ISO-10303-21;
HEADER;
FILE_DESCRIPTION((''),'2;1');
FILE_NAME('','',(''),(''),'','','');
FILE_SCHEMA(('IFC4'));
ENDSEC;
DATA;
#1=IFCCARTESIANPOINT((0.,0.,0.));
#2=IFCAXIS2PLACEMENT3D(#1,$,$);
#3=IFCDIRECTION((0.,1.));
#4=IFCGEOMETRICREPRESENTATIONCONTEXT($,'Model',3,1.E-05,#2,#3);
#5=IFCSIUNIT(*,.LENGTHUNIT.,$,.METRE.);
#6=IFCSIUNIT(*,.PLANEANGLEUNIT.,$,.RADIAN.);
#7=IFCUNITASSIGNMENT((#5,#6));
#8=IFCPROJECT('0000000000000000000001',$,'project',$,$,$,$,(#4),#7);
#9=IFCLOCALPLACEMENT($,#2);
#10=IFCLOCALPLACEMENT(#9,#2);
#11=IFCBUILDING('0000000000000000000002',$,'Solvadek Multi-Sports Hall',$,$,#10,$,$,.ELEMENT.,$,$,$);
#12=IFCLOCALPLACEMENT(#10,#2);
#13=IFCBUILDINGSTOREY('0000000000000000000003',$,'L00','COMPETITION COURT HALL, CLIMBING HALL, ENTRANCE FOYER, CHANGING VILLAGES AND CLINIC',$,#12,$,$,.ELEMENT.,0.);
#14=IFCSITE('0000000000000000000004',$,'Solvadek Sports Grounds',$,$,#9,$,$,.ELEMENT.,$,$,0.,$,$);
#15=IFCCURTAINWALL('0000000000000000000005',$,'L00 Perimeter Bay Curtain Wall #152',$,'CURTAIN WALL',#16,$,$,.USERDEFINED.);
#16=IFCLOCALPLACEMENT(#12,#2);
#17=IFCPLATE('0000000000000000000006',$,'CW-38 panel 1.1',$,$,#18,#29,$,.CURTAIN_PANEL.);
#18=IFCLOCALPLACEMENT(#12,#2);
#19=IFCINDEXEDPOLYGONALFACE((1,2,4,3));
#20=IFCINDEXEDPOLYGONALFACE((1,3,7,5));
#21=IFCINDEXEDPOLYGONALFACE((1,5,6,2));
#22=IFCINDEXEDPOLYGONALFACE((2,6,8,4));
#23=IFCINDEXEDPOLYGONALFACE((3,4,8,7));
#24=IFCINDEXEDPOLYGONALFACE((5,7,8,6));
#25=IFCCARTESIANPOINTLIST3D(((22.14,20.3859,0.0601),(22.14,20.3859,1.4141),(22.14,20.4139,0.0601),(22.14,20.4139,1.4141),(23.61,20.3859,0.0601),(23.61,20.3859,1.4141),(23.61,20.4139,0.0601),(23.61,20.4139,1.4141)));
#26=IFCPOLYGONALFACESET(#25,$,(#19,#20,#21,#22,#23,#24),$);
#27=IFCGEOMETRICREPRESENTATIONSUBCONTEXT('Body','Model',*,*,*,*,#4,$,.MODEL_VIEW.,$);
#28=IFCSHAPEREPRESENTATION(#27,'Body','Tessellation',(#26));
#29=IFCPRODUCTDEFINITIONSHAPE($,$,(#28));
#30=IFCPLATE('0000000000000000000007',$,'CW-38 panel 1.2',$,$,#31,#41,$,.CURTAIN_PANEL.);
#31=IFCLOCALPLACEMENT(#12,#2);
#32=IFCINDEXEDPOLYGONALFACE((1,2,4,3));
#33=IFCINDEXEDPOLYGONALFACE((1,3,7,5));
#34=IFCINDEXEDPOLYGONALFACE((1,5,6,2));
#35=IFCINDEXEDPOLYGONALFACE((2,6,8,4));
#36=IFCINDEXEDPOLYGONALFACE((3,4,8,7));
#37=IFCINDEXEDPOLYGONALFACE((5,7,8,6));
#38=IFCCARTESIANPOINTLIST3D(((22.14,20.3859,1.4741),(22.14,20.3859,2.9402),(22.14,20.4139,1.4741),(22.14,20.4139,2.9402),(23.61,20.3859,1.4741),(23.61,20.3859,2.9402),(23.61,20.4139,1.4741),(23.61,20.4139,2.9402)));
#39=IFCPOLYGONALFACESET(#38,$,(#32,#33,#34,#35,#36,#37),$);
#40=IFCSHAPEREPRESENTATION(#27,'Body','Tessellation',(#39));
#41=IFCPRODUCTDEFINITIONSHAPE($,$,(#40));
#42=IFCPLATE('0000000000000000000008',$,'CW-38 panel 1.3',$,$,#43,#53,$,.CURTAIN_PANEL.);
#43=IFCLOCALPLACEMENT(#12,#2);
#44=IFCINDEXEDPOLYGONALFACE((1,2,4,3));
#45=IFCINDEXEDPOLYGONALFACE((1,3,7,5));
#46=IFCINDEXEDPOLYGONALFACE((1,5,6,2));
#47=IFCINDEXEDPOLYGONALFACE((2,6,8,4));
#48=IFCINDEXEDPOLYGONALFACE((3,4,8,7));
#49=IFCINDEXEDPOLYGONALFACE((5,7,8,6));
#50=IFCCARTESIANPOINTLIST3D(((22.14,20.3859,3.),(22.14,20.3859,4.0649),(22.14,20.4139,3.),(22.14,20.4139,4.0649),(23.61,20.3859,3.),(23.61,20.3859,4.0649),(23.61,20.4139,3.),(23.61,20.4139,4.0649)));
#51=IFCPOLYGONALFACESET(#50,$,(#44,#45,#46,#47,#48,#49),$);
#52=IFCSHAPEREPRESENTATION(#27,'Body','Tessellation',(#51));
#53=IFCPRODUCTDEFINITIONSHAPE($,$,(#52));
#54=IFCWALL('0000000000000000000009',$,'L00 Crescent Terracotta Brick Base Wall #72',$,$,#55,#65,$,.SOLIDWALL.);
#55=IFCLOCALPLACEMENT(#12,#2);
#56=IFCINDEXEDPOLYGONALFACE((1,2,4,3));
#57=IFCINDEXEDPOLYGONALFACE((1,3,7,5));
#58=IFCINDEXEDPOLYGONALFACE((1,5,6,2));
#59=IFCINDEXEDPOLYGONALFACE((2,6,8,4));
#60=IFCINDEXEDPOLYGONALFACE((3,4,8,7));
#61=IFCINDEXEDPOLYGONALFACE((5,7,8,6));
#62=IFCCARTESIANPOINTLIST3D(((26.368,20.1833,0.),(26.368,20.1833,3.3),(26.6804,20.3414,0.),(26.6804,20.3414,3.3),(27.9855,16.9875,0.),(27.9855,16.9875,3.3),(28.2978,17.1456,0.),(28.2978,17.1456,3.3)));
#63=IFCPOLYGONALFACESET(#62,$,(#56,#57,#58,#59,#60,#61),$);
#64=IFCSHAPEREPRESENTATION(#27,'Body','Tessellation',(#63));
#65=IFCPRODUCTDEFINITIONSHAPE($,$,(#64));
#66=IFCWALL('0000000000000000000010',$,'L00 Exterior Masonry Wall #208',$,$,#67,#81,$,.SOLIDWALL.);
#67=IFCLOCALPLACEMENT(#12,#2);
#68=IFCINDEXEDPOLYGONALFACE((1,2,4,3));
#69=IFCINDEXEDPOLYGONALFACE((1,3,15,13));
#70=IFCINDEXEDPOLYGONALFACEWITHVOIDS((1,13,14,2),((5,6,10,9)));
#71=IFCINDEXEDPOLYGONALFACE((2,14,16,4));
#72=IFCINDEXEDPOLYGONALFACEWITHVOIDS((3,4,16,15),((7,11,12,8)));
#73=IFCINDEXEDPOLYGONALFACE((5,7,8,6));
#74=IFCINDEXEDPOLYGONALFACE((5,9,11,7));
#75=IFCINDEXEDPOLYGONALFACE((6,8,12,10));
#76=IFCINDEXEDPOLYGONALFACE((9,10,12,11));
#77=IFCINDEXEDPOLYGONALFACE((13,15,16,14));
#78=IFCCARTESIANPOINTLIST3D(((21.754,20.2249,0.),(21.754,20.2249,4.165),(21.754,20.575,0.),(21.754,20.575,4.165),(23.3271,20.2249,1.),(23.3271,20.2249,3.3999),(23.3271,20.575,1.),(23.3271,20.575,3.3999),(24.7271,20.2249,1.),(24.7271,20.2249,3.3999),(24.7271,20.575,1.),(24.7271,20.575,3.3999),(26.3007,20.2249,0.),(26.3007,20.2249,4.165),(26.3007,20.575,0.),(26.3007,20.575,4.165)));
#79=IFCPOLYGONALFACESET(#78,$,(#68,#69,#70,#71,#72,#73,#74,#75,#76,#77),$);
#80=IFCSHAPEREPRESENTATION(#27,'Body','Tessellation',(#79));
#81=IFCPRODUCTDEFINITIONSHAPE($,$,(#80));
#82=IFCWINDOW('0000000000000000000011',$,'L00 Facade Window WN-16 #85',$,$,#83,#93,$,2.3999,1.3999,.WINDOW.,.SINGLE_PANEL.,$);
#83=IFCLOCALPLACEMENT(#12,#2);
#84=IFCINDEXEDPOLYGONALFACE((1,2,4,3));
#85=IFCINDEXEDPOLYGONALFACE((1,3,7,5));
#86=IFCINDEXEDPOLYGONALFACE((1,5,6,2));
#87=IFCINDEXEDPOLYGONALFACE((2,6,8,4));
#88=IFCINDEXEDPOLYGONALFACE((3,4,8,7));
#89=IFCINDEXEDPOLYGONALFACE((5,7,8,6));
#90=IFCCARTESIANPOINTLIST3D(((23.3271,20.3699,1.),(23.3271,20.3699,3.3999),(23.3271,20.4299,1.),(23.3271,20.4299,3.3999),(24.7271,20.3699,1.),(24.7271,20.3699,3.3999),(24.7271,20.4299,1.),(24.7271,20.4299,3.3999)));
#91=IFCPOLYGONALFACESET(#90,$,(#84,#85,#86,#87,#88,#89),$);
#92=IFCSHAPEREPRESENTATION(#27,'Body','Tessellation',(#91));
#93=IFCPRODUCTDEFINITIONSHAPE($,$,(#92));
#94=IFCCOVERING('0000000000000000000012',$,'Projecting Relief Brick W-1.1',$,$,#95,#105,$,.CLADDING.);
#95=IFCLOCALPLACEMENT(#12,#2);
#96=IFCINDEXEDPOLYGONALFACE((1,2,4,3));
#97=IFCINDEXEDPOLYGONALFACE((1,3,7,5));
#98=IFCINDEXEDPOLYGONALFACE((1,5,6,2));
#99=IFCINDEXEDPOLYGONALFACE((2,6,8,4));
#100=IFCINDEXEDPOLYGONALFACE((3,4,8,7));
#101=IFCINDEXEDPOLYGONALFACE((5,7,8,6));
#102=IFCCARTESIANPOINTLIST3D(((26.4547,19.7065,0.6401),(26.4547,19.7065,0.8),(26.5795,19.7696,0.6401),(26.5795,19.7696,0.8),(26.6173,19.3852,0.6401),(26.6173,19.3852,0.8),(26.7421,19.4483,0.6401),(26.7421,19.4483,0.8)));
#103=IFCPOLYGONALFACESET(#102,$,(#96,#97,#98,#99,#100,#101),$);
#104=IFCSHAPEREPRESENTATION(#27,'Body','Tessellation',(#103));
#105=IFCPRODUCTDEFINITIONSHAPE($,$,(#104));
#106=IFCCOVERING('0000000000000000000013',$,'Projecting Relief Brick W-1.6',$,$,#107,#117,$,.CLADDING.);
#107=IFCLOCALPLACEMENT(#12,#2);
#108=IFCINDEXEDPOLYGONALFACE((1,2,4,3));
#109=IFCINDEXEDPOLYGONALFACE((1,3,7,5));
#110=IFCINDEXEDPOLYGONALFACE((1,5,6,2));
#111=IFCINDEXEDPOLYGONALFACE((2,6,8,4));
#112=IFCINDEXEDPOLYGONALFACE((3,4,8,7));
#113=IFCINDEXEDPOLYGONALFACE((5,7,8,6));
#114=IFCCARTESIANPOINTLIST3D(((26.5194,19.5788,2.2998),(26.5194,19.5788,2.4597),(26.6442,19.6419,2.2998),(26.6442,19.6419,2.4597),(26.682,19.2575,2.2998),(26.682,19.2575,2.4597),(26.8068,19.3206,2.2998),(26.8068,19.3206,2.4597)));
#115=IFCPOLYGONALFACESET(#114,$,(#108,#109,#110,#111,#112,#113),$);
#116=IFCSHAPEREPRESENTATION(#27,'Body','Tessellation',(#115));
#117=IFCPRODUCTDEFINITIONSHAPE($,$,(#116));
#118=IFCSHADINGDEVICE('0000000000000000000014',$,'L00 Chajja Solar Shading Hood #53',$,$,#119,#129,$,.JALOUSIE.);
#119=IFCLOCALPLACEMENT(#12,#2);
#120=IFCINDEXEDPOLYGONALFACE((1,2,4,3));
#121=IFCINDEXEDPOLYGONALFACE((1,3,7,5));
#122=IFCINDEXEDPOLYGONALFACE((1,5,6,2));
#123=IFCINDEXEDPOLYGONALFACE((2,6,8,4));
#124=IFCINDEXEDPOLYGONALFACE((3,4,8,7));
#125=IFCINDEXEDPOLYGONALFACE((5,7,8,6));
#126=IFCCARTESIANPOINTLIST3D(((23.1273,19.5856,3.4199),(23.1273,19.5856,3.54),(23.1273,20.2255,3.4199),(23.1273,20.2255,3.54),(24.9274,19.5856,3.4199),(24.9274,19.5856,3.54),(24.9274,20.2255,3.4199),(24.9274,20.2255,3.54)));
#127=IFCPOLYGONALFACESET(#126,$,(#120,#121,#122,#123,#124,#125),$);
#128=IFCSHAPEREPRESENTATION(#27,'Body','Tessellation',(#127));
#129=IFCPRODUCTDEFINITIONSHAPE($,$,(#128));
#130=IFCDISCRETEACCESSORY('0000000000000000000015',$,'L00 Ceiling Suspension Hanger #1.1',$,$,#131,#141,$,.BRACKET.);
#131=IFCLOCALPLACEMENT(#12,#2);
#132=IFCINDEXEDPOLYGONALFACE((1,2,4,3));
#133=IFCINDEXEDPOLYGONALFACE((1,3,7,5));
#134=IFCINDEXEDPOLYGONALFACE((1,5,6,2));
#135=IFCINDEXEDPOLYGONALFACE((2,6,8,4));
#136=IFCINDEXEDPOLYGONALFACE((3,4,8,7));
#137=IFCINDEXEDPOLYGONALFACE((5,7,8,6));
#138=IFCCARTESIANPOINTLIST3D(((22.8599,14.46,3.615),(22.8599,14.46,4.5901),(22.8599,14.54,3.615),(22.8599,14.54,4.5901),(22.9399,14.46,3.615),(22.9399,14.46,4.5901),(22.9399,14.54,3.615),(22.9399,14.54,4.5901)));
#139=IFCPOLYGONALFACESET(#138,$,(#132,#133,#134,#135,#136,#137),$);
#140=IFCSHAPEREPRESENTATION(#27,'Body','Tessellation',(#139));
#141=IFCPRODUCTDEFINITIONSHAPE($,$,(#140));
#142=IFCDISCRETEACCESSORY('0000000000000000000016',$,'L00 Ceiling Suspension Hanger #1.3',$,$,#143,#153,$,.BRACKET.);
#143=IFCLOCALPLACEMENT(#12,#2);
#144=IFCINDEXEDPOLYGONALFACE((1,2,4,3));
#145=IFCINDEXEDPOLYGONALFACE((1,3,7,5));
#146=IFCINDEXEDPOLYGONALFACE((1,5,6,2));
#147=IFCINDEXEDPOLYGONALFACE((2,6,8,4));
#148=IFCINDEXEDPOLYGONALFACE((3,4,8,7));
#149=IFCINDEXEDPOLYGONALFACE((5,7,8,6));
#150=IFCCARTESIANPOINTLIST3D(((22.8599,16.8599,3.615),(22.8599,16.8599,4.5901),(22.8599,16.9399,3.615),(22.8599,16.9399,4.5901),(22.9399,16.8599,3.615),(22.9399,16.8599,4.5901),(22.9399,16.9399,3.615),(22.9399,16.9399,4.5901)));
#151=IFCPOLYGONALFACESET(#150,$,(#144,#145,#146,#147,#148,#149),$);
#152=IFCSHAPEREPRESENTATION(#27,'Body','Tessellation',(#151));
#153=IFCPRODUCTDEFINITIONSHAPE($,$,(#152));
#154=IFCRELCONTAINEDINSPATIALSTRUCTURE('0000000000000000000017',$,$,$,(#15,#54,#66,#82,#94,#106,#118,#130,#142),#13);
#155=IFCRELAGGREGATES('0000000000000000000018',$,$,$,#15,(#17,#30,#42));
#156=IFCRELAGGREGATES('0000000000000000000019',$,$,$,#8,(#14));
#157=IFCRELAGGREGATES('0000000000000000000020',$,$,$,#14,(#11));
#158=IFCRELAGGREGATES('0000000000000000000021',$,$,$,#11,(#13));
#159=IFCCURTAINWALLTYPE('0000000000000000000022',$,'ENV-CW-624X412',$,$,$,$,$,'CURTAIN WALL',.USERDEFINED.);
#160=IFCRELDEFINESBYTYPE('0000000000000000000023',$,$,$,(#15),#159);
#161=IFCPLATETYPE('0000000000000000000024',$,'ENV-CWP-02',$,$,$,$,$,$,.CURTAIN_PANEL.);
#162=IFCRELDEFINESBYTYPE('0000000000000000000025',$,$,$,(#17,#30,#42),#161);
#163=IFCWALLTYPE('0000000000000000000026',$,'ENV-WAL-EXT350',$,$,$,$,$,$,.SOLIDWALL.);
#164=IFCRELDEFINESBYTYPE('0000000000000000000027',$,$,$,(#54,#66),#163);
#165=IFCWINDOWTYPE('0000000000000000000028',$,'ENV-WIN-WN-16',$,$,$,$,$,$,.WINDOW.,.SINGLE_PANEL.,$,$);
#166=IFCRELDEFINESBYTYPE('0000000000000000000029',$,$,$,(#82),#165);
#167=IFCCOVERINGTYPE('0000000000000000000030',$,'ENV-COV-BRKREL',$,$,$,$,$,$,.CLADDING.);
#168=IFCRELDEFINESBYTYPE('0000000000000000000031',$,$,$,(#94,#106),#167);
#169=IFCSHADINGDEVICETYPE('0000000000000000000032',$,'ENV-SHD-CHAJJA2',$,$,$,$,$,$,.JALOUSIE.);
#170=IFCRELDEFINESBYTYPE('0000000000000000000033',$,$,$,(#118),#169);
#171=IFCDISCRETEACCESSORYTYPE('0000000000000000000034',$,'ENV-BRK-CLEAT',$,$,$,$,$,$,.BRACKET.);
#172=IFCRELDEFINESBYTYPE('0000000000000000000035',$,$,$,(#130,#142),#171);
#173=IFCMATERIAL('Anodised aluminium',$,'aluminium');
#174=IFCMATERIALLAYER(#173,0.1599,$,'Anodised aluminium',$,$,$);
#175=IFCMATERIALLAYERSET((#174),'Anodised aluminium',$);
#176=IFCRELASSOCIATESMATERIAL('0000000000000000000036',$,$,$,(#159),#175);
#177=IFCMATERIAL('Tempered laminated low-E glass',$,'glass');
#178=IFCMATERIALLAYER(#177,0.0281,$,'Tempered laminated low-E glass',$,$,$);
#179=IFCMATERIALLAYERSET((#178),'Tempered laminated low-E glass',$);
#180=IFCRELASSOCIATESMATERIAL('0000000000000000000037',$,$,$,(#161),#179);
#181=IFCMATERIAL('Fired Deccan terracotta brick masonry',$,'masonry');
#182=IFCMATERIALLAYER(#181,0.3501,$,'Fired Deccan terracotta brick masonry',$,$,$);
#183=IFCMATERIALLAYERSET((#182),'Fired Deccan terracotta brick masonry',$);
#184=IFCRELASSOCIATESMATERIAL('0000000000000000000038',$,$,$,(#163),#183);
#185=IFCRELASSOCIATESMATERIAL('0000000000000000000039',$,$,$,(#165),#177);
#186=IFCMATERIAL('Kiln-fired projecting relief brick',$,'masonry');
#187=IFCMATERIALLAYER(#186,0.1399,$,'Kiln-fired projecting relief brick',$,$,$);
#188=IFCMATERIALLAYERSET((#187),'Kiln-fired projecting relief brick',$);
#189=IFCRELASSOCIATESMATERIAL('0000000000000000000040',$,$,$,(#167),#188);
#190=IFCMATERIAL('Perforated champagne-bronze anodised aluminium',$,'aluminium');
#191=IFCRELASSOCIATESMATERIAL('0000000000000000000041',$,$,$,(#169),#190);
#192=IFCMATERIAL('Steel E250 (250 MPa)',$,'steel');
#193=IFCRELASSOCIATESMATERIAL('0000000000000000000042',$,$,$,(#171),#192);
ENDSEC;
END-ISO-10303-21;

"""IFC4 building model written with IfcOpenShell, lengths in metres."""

from ifc_helpers import new_model, si_unit, direction, frame, frame_2d, origin, origin_2d, place, context, subcontext, project, spatial, rectangle, extrude, material, layer, layer_set, type_object, element, fill, aggregate, save


model = new_model("IFC4")

# Units and contexts
model_context = context("Model", 3, precision=1e-05, world=origin(), true_north=direction((0.0, 1.0)))
body_context = subcontext(model_context, "Body", "Model", "MODEL_VIEW")
ifc_project = project(units=[si_unit("LENGTHUNIT", "METRE"), si_unit("PLANEANGLEUNIT", "RADIAN")], contexts=[model_context])

# Site, building, storey
site_placement = place(None, origin())
site = spatial("IfcSite", under=ifc_project, at=site_placement, Name="Solvadek Sports Grounds", CompositionType="ELEMENT", RefElevation=0.0)
building_placement = place(site_placement, origin())
building = spatial("IfcBuilding", under=site, at=building_placement, Name="Solvadek Multi-Sports Hall", CompositionType="ELEMENT")
storey_placement = place(building_placement, origin())
storey = spatial("IfcBuildingStorey", under=building, at=storey_placement, Name="L00", Description="COMPETITION COURT HALL, CLIMBING HALL, ENTRANCE FOYER, CHANGING VILLAGES AND CLINIC", CompositionType="ELEMENT", Elevation=0.0)

# Curtain wall
ifc_material_1 = material(Name="Anodised aluminium", Category="aluminium")
ifc_layer_1 = layer(ifc_material_1, 0.1599, Name="Anodised aluminium")
ifc_layer_set_1 = layer_set([ifc_layer_1], Name="Anodised aluminium")
curtain_wall_type = type_object("IfcCurtainWallType", Name="ENV-CW-624X412", ElementType="CURTAIN WALL", PredefinedType="USERDEFINED", material=ifc_layer_set_1)
curtain_wall_placement = place(storey_placement, origin())
curtain_wall = element("IfcCurtainWall", 1, at=curtain_wall_placement, inside=storey, type_object=curtain_wall_type, Name="L00 Perimeter Bay Curtain Wall #152", ObjectType="CURTAIN WALL", PredefinedType="USERDEFINED")

# Plates
ifc_material_2 = material(Name="Tempered laminated low-E glass", Category="glass")
ifc_layer_2 = layer(ifc_material_2, 0.0281, Name="Tempered laminated low-E glass")
ifc_layer_set_2 = layer_set([ifc_layer_2], Name="Tempered laminated low-E glass")
plate_type = type_object("IfcPlateType", Name="ENV-CWP-02", PredefinedType="CURTAIN_PANEL", material=ifc_layer_set_2)
plate_1_placement = place(storey_placement, frame((22.875, 20.3999, 0.0601), z_axis=(0.0, 0.0, 1.0), x_axis=(1.0, 0.0, 0.0)))
plate_1 = element("IfcPlate", 2, at=plate_1_placement, type_object=plate_type, Name="CW-38 panel 1.1", PredefinedType="CURTAIN_PANEL", context=body_context, shape_type="SweptSolid", body=[
    extrude(rectangle(XDim=1.47, YDim=0.0281, at=origin_2d()), origin(), (0.0, 0.0, 1.0), 1.354),
])
plate_2_placement = place(storey_placement, frame((22.875, 20.3999, 1.4741), z_axis=(0.0, 0.0, 1.0), x_axis=(1.0, 0.0, 0.0)))
plate_2 = element("IfcPlate", 3, at=plate_2_placement, type_object=plate_type, Name="CW-38 panel 1.2", PredefinedType="CURTAIN_PANEL", context=body_context, shape_type="SweptSolid", body=[
    extrude(rectangle(XDim=1.47, YDim=0.0281, at=origin_2d()), origin(), (0.0, 0.0, 1.0), 1.4661),
])
plate_3_placement = place(storey_placement, frame((22.875, 20.3999, 3.0), z_axis=(0.0, 0.0, 1.0), x_axis=(1.0, 0.0, 0.0)))
plate_3 = element("IfcPlate", 4, at=plate_3_placement, type_object=plate_type, Name="CW-38 panel 1.3", PredefinedType="CURTAIN_PANEL", context=body_context, shape_type="SweptSolid", body=[
    extrude(rectangle(XDim=1.47, YDim=0.0281, at=origin_2d()), origin(), (0.0, 0.0, 1.0), 1.0649),
])
aggregate(curtain_wall, [plate_1, plate_2, plate_3])

# Wall
ifc_material_3 = material(Name="Fired Deccan terracotta brick masonry", Category="masonry")
ifc_layer_3 = layer(ifc_material_3, 0.3501, Name="Fired Deccan terracotta brick masonry")
ifc_layer_set_3 = layer_set([ifc_layer_3], Name="Fired Deccan terracotta brick masonry")
wall_type = type_object("IfcWallType", Name="ENV-WAL-EXT350", PredefinedType="SOLIDWALL", material=ifc_layer_set_3)
wall_1_placement = place(storey_placement, frame((26.5242, 20.2625, 0.0), z_axis=(0.0, 0.0, 1.0), x_axis=(0.451571, -0.892235, 0.0)))
element("IfcWall", 5, at=wall_1_placement, inside=storey, type_object=wall_type, Name="L00 Crescent Terracotta Brick Base Wall #72", PredefinedType="SOLIDWALL", context=body_context, shape_type="SweptSolid", body=[
    extrude(rectangle(XDim=3.5818, YDim=0.3501, at=frame_2d((1.791, 0.0))), origin(), (0.0, 0.0, 1.0), 3.3),
])

# Wall, opening, window
wall_2_placement = place(storey_placement, frame((21.7539, 20.3999, 0.0), z_axis=(0.0, 0.0, 1.0), x_axis=(1.0, 0.0, 0.0)))
wall_2 = element("IfcWall", 6, at=wall_2_placement, inside=storey, type_object=wall_type, Name="L00 Exterior Masonry Wall #208", PredefinedType="SOLIDWALL", context=body_context, shape_type="SweptSolid", body=[
    extrude(rectangle(XDim=4.5466, YDim=0.3501, at=frame_2d((2.2734, 0.0))), origin(), (0.0, 0.0, 1.0), 4.165),
])
opening_placement = place(wall_2_placement, frame((1.5732, 0.0, 1.0)))
opening = element("IfcOpeningElement", 7, at=opening_placement, cuts=wall_2, PredefinedType="OPENING", context=body_context, shape_type="SweptSolid", body=[
    extrude(rectangle(XDim=1.3999, YDim=2.3999, at=frame_2d((0.7, 1.2))), frame((0.0, 0.1851, 0.0), z_axis=(0.0, -1.0, 0.0), x_axis=(1.0, 0.0, 0.0)), (0.0, 0.0, 1.0), 0.3701),
])
window_type = type_object("IfcWindowType", Name="ENV-WIN-WN-16", PartitioningType="SINGLE_PANEL", PredefinedType="WINDOW", material=ifc_material_2)
window_placement = place(opening_placement, origin())
window = element("IfcWindow", 8, at=window_placement, inside=storey, type_object=window_type, Name="L00 Facade Window WN-16 #85", OverallHeight=2.3999, OverallWidth=1.3999, PartitioningType="SINGLE_PANEL", PredefinedType="WINDOW", context=body_context, shape_type="SweptSolid", body=[
    extrude(rectangle(XDim=1.3999, YDim=2.3999, at=frame_2d((0.7, 1.2))), frame((0.0, 0.03, 0.0), z_axis=(0.0, -1.0, 0.0), x_axis=(1.0, 0.0, 0.0)), (0.0, 0.0, 1.0), 0.0601),
])
fill(opening, window)

# Coverings
ifc_material_4 = material(Name="Kiln-fired projecting relief brick", Category="masonry")
ifc_layer_4 = layer(ifc_material_4, 0.1399, Name="Kiln-fired projecting relief brick")
ifc_layer_set_4 = layer_set([ifc_layer_4], Name="Kiln-fired projecting relief brick")
covering_type = type_object("IfcCoveringType", Name="ENV-COV-BRKREL", PredefinedType="CLADDING", material=ifc_layer_set_4)
for number, where, z_axis, x_axis, name in (
    (9, (26.5984, 19.5774, 0.6401), (0.0, 0.0, 1.0), (0.451555, -0.892243, 0.0), "Projecting Relief Brick W-1.1"),
    (10, (26.6631, 19.4497, 2.2998), (0.0, 0.0, 1.0), (0.451555, -0.892243, 0.0), "Projecting Relief Brick W-1.6"),
):
    element("IfcCovering", number, at=place(storey_placement, frame(where, z_axis=z_axis, x_axis=x_axis)), inside=storey, type_object=covering_type, Name=name, PredefinedType="CLADDING", context=body_context, shape_type="SweptSolid", body=[
        extrude(rectangle(XDim=0.3601, YDim=0.1399, at=origin_2d()), origin(), (0.0, 0.0, 1.0), 0.1599),
    ])

# Shading device
ifc_material_5 = material(Name="Perforated champagne-bronze anodised aluminium", Category="aluminium")
shading_device_type = type_object("IfcShadingDeviceType", Name="ENV-SHD-CHAJJA2", PredefinedType="JALOUSIE", material=ifc_material_5)
shading_device_placement = place(storey_placement, frame((24.0273, 19.9055, 3.4199), z_axis=(0.0, 0.0, 1.0), x_axis=(1.0, 0.0, 0.0)))
element("IfcShadingDevice", 11, at=shading_device_placement, inside=storey, type_object=shading_device_type, Name="L00 Chajja Solar Shading Hood #53", PredefinedType="JALOUSIE", context=body_context, shape_type="SweptSolid", body=[
    extrude(rectangle(XDim=1.8, YDim=0.6399, at=origin_2d()), origin(), (0.0, 0.0, 1.0), 0.1201),
])

# Discrete accessories
ifc_material_6 = material(Name="Steel E250 (250 MPa)", Category="steel")
discrete_accessory_type = type_object("IfcDiscreteAccessoryType", Name="ENV-BRK-CLEAT", PredefinedType="BRACKET", material=ifc_material_6)
for number, where, z_axis, x_axis, name in (
    (12, (22.8999, 14.5, 3.615), (0.0, 0.0, 1.0), (1.0, 0.0, 0.0), "L00 Ceiling Suspension Hanger #1.1"),
    (13, (22.8999, 16.8999, 3.615), (0.0, 0.0, 1.0), (1.0, 0.0, 0.0), "L00 Ceiling Suspension Hanger #1.3"),
):
    element("IfcDiscreteAccessory", number, at=place(storey_placement, frame(where, z_axis=z_axis, x_axis=x_axis)), inside=storey, type_object=discrete_accessory_type, Name=name, PredefinedType="BRACKET", context=body_context, shape_type="SweptSolid", body=[
        extrude(rectangle(XDim=0.0801, YDim=0.0801, at=origin_2d()), origin(), (0.0, 0.0, 1.0), 0.9751),
    ])

save(model, "model.ifc")
